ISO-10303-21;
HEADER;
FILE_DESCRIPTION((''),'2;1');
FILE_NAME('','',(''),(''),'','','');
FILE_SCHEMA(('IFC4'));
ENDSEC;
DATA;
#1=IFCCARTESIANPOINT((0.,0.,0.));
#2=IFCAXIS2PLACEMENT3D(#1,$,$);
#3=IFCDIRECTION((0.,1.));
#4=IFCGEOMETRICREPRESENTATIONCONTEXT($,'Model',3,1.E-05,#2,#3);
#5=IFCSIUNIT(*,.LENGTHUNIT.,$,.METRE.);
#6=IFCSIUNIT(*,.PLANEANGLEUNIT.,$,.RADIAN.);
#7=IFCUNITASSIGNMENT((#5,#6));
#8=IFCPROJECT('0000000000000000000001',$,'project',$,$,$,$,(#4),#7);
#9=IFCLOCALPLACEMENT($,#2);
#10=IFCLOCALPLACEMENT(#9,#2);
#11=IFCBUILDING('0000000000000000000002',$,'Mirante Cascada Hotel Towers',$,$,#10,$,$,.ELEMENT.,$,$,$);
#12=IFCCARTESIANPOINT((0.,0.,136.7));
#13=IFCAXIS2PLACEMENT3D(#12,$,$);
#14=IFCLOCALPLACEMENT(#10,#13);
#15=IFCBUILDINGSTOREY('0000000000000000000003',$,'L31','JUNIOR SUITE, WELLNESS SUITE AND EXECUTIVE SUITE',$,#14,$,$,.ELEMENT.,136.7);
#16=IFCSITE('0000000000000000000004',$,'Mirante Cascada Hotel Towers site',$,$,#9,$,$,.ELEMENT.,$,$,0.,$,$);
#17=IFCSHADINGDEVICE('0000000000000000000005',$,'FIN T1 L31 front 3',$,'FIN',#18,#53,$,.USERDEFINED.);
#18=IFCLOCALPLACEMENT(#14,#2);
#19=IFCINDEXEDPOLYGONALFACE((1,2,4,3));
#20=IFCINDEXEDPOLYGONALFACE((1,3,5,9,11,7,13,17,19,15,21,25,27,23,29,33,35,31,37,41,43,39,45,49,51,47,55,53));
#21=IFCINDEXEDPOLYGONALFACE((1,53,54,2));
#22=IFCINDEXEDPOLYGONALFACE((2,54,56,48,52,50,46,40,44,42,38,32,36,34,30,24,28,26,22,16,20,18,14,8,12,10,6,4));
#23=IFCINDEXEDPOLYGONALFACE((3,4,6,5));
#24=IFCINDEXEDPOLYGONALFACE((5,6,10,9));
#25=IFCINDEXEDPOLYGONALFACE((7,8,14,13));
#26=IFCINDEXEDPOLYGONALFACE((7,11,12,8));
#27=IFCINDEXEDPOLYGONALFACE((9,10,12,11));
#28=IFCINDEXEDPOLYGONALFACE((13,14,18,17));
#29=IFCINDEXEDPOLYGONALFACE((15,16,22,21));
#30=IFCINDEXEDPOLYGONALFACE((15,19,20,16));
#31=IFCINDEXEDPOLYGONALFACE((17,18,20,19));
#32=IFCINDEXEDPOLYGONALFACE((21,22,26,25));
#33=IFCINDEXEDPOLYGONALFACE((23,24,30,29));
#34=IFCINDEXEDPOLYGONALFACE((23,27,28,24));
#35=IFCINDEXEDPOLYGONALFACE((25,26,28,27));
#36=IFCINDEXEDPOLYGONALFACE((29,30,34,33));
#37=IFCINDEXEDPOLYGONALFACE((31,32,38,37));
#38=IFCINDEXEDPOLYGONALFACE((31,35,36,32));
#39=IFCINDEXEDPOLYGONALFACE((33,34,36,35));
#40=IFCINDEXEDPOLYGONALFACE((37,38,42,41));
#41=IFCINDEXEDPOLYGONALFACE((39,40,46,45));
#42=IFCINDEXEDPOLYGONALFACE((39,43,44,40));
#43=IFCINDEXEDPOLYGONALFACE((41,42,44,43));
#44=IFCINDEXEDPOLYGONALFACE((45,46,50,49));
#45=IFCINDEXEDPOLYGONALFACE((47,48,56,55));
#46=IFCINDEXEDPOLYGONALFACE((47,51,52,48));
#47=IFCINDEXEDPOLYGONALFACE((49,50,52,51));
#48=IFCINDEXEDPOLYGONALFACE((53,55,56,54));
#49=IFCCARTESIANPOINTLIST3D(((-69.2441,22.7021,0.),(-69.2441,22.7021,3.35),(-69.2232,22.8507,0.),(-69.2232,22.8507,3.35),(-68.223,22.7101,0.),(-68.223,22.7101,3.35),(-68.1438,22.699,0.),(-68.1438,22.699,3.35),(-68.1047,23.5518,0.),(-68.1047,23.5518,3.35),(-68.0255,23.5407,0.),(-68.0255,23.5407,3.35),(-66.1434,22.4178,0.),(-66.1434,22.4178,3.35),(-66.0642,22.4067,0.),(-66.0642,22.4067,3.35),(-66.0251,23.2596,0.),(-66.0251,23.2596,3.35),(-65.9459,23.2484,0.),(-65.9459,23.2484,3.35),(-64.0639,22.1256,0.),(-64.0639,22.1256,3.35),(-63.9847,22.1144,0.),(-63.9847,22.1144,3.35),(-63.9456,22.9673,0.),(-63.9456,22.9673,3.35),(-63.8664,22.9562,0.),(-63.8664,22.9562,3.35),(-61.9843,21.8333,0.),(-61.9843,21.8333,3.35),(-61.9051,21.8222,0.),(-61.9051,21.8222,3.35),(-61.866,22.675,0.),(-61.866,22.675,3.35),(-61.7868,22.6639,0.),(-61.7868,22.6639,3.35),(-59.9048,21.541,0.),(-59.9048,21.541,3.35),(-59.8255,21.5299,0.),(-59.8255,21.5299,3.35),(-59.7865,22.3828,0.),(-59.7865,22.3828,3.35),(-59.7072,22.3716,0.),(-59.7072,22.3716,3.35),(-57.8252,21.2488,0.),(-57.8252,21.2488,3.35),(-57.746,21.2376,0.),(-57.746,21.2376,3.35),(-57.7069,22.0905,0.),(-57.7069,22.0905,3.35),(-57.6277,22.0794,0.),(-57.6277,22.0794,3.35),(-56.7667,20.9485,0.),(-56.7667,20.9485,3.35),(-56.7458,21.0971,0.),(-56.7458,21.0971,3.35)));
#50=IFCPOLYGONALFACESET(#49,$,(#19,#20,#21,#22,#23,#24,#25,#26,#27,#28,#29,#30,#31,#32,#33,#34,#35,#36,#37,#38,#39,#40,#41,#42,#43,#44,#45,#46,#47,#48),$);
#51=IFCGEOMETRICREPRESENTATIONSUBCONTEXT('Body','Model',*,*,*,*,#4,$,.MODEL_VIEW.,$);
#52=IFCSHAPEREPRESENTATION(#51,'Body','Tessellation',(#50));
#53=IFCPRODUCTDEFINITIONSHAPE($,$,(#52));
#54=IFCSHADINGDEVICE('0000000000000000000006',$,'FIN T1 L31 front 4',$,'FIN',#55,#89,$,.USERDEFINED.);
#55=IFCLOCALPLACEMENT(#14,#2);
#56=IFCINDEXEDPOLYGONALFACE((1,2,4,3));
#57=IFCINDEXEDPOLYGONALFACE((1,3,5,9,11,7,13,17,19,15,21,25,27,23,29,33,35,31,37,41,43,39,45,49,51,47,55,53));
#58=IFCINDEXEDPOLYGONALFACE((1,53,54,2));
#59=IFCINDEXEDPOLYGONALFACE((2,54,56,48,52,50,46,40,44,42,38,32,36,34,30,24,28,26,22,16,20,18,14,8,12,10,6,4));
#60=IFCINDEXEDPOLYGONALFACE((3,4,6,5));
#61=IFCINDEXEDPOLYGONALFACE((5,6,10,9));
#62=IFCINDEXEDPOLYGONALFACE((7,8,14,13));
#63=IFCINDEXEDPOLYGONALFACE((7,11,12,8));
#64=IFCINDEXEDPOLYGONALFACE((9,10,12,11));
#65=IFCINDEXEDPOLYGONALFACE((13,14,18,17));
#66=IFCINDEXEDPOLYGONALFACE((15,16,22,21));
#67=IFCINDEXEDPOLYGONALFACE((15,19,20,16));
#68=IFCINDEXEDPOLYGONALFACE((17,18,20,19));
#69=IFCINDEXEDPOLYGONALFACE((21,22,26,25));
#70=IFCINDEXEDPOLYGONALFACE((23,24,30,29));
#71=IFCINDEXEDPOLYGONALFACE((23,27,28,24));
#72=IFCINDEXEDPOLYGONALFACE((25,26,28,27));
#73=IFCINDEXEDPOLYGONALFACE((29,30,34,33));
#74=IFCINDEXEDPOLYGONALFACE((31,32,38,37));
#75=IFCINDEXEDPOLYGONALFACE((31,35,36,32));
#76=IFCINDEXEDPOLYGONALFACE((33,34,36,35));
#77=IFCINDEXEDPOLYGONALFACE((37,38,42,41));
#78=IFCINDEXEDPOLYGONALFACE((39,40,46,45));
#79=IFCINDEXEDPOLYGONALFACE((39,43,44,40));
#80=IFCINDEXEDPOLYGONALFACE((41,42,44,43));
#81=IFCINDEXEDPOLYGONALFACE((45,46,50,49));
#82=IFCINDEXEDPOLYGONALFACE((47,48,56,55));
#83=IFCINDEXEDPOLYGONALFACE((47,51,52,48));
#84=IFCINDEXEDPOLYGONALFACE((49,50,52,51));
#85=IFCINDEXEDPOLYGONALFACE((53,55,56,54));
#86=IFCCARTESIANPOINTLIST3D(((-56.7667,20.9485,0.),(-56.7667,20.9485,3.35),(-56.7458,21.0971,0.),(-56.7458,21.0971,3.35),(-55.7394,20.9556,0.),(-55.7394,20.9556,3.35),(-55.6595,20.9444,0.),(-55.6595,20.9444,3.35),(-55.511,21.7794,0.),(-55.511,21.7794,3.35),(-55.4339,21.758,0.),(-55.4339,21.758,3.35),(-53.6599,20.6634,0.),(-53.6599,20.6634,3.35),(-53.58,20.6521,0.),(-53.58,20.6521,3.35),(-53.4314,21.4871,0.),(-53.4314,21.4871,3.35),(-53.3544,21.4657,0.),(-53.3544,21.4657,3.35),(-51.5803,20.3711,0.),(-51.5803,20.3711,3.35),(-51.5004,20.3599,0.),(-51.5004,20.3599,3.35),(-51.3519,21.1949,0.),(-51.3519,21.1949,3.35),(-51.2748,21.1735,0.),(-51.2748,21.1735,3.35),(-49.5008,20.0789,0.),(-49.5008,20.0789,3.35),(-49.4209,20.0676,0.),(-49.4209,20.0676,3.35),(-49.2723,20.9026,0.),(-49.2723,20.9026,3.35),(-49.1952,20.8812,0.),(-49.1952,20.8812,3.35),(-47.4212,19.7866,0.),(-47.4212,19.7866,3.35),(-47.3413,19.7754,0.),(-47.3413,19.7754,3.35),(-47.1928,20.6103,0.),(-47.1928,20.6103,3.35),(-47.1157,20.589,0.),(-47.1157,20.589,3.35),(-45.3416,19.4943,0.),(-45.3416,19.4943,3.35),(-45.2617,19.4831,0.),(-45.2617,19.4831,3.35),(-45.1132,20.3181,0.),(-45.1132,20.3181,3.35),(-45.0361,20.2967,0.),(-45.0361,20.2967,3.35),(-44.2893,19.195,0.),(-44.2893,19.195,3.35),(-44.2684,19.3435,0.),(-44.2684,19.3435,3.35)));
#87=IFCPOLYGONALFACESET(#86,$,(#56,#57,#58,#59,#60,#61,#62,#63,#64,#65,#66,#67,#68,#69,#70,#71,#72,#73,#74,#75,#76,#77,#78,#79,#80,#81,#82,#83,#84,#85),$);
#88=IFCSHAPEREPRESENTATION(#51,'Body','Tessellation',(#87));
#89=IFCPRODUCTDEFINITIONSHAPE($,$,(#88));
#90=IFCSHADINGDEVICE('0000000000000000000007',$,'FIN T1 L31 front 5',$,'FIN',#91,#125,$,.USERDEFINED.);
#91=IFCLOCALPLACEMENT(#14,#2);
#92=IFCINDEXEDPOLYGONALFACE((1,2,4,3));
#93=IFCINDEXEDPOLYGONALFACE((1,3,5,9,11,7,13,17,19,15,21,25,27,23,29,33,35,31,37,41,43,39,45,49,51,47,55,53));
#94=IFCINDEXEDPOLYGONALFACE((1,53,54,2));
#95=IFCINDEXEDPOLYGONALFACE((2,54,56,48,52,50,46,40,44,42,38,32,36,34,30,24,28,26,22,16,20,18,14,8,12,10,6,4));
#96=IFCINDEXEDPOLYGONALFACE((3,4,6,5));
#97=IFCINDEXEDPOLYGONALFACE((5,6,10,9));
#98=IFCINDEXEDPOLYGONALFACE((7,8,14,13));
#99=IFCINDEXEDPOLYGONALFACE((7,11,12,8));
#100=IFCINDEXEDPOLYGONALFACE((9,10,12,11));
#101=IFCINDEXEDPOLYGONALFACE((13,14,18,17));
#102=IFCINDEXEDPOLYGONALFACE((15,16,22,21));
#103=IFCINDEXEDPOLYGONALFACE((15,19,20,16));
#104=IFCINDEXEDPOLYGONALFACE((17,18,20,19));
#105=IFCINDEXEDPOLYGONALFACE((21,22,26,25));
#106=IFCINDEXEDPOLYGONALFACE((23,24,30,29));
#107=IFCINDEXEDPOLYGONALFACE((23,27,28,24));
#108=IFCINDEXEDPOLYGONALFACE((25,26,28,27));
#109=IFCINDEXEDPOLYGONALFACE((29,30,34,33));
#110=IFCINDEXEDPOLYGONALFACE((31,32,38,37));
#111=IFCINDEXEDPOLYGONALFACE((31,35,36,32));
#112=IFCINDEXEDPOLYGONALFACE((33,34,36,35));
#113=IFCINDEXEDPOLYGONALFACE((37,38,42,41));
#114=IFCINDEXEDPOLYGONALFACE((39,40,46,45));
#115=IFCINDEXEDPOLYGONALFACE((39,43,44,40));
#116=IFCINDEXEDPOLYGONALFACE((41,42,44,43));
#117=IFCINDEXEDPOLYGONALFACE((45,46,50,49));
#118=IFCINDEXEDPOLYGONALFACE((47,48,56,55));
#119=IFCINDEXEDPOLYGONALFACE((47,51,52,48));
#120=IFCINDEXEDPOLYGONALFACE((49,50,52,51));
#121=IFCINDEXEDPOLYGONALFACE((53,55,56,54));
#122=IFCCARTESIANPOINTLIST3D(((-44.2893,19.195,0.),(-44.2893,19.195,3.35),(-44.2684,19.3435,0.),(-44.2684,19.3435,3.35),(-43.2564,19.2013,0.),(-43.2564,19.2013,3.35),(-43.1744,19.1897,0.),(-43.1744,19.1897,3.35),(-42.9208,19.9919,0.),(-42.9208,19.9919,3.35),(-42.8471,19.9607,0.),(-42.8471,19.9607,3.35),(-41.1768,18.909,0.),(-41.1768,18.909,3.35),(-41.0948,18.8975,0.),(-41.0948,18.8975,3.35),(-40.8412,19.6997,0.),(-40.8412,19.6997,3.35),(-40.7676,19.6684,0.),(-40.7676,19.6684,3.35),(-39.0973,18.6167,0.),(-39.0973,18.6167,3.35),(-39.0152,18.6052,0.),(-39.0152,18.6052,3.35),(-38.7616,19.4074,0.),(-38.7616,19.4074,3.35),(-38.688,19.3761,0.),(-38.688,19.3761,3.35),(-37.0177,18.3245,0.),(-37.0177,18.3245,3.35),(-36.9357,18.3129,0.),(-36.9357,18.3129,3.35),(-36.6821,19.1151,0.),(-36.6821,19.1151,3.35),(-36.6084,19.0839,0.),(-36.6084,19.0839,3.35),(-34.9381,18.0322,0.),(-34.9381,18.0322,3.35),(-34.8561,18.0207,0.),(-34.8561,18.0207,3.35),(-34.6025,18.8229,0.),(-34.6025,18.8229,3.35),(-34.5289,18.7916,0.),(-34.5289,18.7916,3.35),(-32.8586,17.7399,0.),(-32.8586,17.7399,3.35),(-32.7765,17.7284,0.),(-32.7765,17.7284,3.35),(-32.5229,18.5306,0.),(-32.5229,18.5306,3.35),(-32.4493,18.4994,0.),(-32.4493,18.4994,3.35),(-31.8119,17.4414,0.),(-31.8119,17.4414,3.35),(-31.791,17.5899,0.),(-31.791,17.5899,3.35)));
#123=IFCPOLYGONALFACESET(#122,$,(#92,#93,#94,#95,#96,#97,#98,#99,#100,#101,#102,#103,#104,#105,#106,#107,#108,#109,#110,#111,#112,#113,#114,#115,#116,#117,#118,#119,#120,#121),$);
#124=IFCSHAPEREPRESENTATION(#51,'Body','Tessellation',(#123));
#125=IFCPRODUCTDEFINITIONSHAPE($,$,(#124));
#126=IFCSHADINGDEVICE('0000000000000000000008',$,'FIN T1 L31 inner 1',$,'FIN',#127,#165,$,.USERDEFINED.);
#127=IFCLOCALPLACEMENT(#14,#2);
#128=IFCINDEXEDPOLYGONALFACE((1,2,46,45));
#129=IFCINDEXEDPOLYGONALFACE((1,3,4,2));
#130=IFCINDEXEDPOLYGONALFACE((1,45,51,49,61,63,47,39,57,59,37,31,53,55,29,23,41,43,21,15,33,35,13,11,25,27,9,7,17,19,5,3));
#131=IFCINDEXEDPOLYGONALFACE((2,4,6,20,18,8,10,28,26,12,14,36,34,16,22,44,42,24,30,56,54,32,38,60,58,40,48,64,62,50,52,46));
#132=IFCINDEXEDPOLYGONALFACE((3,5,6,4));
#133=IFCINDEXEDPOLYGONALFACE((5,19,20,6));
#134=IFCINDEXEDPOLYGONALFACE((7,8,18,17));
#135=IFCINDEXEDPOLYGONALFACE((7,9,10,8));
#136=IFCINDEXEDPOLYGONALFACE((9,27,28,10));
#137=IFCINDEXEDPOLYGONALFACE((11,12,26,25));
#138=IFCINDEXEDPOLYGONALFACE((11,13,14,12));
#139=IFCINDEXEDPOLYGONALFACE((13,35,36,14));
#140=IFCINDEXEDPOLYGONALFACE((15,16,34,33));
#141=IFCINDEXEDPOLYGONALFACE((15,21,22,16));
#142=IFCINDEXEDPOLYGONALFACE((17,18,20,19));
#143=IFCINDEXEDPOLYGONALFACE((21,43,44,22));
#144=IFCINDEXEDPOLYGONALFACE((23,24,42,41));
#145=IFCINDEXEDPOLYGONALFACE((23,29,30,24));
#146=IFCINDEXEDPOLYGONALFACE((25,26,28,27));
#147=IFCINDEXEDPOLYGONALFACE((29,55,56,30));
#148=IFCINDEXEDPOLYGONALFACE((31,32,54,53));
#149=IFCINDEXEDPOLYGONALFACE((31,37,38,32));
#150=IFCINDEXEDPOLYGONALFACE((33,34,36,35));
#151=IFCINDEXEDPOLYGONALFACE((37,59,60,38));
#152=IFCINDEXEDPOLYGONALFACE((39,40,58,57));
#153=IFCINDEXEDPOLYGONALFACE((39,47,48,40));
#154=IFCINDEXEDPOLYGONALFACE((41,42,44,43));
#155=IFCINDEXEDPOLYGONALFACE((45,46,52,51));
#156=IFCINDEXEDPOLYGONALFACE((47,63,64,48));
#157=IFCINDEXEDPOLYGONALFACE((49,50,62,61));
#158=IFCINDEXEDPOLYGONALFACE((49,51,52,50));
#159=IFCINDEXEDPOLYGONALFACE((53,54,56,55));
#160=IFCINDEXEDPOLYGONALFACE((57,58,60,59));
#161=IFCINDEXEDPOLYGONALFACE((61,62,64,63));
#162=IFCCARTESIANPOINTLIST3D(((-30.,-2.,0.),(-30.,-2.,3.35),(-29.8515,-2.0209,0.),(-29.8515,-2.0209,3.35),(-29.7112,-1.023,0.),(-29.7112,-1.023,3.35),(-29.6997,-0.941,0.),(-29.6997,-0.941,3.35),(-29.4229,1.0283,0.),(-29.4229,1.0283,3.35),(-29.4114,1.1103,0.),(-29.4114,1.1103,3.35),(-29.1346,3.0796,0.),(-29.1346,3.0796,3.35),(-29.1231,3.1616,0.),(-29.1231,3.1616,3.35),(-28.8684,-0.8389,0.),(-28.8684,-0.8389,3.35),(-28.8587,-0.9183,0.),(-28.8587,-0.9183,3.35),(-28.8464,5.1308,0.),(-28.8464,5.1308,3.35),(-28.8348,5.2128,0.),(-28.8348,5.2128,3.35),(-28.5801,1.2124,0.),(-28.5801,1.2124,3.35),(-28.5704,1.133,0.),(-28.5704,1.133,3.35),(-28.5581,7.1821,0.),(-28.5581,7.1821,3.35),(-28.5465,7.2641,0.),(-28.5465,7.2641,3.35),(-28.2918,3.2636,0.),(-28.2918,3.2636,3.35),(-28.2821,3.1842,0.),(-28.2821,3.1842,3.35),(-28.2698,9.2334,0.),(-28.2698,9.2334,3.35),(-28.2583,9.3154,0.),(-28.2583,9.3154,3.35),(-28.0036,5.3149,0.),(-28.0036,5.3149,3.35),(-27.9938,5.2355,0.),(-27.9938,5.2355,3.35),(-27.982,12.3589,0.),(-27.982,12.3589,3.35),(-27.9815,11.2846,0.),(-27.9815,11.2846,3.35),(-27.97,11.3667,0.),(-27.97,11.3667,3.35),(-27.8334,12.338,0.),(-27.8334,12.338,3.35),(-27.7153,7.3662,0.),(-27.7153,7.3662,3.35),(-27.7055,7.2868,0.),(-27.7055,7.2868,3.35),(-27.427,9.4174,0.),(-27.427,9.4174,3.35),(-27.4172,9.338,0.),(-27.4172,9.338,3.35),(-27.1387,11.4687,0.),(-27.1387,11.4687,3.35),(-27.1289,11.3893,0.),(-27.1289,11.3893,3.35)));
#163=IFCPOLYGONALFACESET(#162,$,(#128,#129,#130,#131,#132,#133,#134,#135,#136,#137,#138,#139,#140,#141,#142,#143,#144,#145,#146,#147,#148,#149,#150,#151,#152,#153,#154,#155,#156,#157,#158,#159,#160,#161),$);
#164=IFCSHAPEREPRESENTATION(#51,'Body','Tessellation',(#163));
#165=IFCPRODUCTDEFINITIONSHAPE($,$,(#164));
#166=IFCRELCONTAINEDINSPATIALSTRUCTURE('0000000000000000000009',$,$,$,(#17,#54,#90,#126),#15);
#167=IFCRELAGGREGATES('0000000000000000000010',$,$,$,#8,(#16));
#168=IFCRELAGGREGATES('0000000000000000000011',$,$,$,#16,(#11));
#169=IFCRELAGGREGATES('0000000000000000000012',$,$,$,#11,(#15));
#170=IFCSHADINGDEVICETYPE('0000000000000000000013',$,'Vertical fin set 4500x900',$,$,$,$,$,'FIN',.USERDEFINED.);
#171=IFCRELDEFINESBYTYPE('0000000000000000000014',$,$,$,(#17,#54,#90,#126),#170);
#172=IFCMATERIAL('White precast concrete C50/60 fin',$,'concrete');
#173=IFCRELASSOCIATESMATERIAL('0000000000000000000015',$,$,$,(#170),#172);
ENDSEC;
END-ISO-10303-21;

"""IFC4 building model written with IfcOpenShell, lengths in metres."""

from ifc_helpers import new_model, si_unit, direction, frame, origin, place, context, subcontext, project, spatial, polyline, outline, extrude, material, type_object, element, save


model = new_model("IFC4")

# Units and contexts
model_context = context("Model", 3, precision=1e-05, world=origin(), true_north=direction((0.0, 1.0)))
body_context = subcontext(model_context, "Body", "Model", "MODEL_VIEW")
ifc_project = project(units=[si_unit("LENGTHUNIT", "METRE"), si_unit("PLANEANGLEUNIT", "RADIAN")], contexts=[model_context])

# Site, building, storey
site_placement = place(None, origin())
site = spatial("IfcSite", under=ifc_project, at=site_placement, Name="Mirante Cascada Hotel Towers site", CompositionType="ELEMENT", RefElevation=0.0)
building_placement = place(site_placement, origin())
building = spatial("IfcBuilding", under=site, at=building_placement, Name="Mirante Cascada Hotel Towers", CompositionType="ELEMENT")
storey_placement = place(building_placement, frame((0.0, 0.0, 136.7)))
storey = spatial("IfcBuildingStorey", under=building, at=storey_placement, Name="L31", Description="JUNIOR SUITE, WELLNESS SUITE AND EXECUTIVE SUITE", CompositionType="ELEMENT", Elevation=136.7)

# Shading devices
ifc_material_1 = material(Name="White precast concrete C50/60 fin", Category="concrete")
shading_device_type = type_object("IfcShadingDeviceType", Name="Vertical fin set 4500x900", ElementType="FIN", PredefinedType="USERDEFINED", material=ifc_material_1)
shading_device_1_placement = place(storey_placement, origin())
element("IfcShadingDevice", 1, at=shading_device_1_placement, inside=storey, type_object=shading_device_type, Name="FIN T1 L31 front 3", ObjectType="FIN", PredefinedType="USERDEFINED", context=body_context, shape_type="SweptSolid", body=[
    extrude(outline(polyline([(-57.6277, 22.0794), (-57.746, 21.2376), (-56.7458, 21.0971), (-56.7667, 20.9485), (-69.2441, 22.7021), (-69.2232, 22.8507), (-68.223, 22.7101), (-68.1047, 23.5518), (-68.0255, 23.5407), (-68.1438, 22.699), (-66.1434, 22.4178), (-66.0251, 23.2596), (-65.9459, 23.2484), (-66.0642, 22.4067), (-64.0639, 22.1256), (-63.9456, 22.9673), (-63.8664, 22.9562), (-63.9847, 22.1144), (-61.9843, 21.8333), (-61.866, 22.675), (-61.7868, 22.6639), (-61.9051, 21.8222), (-59.9048, 21.541), (-59.7865, 22.3828), (-59.7072, 22.3716), (-59.8255, 21.5299), (-57.8252, 21.2488), (-57.7069, 22.0905), (-57.6277, 22.0794)])), origin(), (0.0, 0.0, 1.0), 3.35),
])
shading_device_2_placement = place(storey_placement, origin())
element("IfcShadingDevice", 2, at=shading_device_2_placement, inside=storey, type_object=shading_device_type, Name="FIN T1 L31 front 4", ObjectType="FIN", PredefinedType="USERDEFINED", context=body_context, shape_type="SweptSolid", body=[
    extrude(outline(polyline([(-45.0361, 20.2967), (-45.2617, 19.4831), (-44.2684, 19.3435), (-44.2893, 19.195), (-56.7667, 20.9485), (-56.7458, 21.0971), (-55.7394, 20.9556), (-55.511, 21.7794), (-55.4339, 21.758), (-55.6595, 20.9444), (-53.6599, 20.6634), (-53.4314, 21.4871), (-53.3544, 21.4657), (-53.58, 20.6521), (-51.5803, 20.3711), (-51.3519, 21.1949), (-51.2748, 21.1735), (-51.5004, 20.3599), (-49.5008, 20.0789), (-49.2723, 20.9026), (-49.1952, 20.8812), (-49.4209, 20.0676), (-47.4212, 19.7866), (-47.1928, 20.6103), (-47.1157, 20.589), (-47.3413, 19.7754), (-45.3416, 19.4943), (-45.1132, 20.3181), (-45.0361, 20.2967)])), origin(), (0.0, 0.0, 1.0), 3.35),
])
shading_device_3_placement = place(storey_placement, origin())
element("IfcShadingDevice", 3, at=shading_device_3_placement, inside=storey, type_object=shading_device_type, Name="FIN T1 L31 front 5", ObjectType="FIN", PredefinedType="USERDEFINED", context=body_context, shape_type="SweptSolid", body=[
    extrude(outline(polyline([(-32.4493, 18.4994), (-32.7765, 17.7284), (-31.791, 17.5899), (-31.8119, 17.4414), (-44.2893, 19.195), (-44.2684, 19.3435), (-43.2564, 19.2013), (-42.9208, 19.9919), (-42.8471, 19.9607), (-43.1744, 19.1897), (-41.1768, 18.909), (-40.8412, 19.6997), (-40.7676, 19.6684), (-41.0948, 18.8975), (-39.0973, 18.6167), (-38.7616, 19.4074), (-38.688, 19.3761), (-39.0152, 18.6052), (-37.0177, 18.3245), (-36.6821, 19.1151), (-36.6084, 19.0839), (-36.9357, 18.3129), (-34.9381, 18.0322), (-34.6025, 18.8229), (-34.5289, 18.7916), (-34.8561, 18.0207), (-32.8586, 17.7399), (-32.5229, 18.5306), (-32.4493, 18.4994)])), origin(), (0.0, 0.0, 1.0), 3.35),
])
shading_device_4_placement = place(storey_placement, origin())
element("IfcShadingDevice", 4, at=shading_device_4_placement, inside=storey, type_object=shading_device_type, Name="FIN T1 L31 inner 1", ObjectType="FIN", PredefinedType="USERDEFINED", context=body_context, shape_type="SweptSolid", body=[
    extrude(outline(polyline([(-29.7112, -1.023), (-29.8515, -2.0209), (-30.0, -2.0), (-27.982, 12.3589), (-27.8334, 12.338), (-27.97, 11.3667), (-27.1387, 11.4687), (-27.1289, 11.3893), (-27.9815, 11.2846), (-28.2583, 9.3154), (-27.427, 9.4174), (-27.4172, 9.338), (-28.2698, 9.2334), (-28.5465, 7.2641), (-27.7153, 7.3662), (-27.7055, 7.2868), (-28.5581, 7.1821), (-28.8348, 5.2128), (-28.0036, 5.3149), (-27.9938, 5.2355), (-28.8464, 5.1308), (-29.1231, 3.1616), (-28.2918, 3.2636), (-28.2821, 3.1842), (-29.1346, 3.0796), (-29.4114, 1.1103), (-28.5801, 1.2124), (-28.5704, 1.133), (-29.4229, 1.0283), (-29.6997, -0.941), (-28.8684, -0.8389), (-28.8587, -0.9183), (-29.7112, -1.023)])), origin(), (0.0, 0.0, 1.0), 3.35),
])

save(model, "model.ifc")
